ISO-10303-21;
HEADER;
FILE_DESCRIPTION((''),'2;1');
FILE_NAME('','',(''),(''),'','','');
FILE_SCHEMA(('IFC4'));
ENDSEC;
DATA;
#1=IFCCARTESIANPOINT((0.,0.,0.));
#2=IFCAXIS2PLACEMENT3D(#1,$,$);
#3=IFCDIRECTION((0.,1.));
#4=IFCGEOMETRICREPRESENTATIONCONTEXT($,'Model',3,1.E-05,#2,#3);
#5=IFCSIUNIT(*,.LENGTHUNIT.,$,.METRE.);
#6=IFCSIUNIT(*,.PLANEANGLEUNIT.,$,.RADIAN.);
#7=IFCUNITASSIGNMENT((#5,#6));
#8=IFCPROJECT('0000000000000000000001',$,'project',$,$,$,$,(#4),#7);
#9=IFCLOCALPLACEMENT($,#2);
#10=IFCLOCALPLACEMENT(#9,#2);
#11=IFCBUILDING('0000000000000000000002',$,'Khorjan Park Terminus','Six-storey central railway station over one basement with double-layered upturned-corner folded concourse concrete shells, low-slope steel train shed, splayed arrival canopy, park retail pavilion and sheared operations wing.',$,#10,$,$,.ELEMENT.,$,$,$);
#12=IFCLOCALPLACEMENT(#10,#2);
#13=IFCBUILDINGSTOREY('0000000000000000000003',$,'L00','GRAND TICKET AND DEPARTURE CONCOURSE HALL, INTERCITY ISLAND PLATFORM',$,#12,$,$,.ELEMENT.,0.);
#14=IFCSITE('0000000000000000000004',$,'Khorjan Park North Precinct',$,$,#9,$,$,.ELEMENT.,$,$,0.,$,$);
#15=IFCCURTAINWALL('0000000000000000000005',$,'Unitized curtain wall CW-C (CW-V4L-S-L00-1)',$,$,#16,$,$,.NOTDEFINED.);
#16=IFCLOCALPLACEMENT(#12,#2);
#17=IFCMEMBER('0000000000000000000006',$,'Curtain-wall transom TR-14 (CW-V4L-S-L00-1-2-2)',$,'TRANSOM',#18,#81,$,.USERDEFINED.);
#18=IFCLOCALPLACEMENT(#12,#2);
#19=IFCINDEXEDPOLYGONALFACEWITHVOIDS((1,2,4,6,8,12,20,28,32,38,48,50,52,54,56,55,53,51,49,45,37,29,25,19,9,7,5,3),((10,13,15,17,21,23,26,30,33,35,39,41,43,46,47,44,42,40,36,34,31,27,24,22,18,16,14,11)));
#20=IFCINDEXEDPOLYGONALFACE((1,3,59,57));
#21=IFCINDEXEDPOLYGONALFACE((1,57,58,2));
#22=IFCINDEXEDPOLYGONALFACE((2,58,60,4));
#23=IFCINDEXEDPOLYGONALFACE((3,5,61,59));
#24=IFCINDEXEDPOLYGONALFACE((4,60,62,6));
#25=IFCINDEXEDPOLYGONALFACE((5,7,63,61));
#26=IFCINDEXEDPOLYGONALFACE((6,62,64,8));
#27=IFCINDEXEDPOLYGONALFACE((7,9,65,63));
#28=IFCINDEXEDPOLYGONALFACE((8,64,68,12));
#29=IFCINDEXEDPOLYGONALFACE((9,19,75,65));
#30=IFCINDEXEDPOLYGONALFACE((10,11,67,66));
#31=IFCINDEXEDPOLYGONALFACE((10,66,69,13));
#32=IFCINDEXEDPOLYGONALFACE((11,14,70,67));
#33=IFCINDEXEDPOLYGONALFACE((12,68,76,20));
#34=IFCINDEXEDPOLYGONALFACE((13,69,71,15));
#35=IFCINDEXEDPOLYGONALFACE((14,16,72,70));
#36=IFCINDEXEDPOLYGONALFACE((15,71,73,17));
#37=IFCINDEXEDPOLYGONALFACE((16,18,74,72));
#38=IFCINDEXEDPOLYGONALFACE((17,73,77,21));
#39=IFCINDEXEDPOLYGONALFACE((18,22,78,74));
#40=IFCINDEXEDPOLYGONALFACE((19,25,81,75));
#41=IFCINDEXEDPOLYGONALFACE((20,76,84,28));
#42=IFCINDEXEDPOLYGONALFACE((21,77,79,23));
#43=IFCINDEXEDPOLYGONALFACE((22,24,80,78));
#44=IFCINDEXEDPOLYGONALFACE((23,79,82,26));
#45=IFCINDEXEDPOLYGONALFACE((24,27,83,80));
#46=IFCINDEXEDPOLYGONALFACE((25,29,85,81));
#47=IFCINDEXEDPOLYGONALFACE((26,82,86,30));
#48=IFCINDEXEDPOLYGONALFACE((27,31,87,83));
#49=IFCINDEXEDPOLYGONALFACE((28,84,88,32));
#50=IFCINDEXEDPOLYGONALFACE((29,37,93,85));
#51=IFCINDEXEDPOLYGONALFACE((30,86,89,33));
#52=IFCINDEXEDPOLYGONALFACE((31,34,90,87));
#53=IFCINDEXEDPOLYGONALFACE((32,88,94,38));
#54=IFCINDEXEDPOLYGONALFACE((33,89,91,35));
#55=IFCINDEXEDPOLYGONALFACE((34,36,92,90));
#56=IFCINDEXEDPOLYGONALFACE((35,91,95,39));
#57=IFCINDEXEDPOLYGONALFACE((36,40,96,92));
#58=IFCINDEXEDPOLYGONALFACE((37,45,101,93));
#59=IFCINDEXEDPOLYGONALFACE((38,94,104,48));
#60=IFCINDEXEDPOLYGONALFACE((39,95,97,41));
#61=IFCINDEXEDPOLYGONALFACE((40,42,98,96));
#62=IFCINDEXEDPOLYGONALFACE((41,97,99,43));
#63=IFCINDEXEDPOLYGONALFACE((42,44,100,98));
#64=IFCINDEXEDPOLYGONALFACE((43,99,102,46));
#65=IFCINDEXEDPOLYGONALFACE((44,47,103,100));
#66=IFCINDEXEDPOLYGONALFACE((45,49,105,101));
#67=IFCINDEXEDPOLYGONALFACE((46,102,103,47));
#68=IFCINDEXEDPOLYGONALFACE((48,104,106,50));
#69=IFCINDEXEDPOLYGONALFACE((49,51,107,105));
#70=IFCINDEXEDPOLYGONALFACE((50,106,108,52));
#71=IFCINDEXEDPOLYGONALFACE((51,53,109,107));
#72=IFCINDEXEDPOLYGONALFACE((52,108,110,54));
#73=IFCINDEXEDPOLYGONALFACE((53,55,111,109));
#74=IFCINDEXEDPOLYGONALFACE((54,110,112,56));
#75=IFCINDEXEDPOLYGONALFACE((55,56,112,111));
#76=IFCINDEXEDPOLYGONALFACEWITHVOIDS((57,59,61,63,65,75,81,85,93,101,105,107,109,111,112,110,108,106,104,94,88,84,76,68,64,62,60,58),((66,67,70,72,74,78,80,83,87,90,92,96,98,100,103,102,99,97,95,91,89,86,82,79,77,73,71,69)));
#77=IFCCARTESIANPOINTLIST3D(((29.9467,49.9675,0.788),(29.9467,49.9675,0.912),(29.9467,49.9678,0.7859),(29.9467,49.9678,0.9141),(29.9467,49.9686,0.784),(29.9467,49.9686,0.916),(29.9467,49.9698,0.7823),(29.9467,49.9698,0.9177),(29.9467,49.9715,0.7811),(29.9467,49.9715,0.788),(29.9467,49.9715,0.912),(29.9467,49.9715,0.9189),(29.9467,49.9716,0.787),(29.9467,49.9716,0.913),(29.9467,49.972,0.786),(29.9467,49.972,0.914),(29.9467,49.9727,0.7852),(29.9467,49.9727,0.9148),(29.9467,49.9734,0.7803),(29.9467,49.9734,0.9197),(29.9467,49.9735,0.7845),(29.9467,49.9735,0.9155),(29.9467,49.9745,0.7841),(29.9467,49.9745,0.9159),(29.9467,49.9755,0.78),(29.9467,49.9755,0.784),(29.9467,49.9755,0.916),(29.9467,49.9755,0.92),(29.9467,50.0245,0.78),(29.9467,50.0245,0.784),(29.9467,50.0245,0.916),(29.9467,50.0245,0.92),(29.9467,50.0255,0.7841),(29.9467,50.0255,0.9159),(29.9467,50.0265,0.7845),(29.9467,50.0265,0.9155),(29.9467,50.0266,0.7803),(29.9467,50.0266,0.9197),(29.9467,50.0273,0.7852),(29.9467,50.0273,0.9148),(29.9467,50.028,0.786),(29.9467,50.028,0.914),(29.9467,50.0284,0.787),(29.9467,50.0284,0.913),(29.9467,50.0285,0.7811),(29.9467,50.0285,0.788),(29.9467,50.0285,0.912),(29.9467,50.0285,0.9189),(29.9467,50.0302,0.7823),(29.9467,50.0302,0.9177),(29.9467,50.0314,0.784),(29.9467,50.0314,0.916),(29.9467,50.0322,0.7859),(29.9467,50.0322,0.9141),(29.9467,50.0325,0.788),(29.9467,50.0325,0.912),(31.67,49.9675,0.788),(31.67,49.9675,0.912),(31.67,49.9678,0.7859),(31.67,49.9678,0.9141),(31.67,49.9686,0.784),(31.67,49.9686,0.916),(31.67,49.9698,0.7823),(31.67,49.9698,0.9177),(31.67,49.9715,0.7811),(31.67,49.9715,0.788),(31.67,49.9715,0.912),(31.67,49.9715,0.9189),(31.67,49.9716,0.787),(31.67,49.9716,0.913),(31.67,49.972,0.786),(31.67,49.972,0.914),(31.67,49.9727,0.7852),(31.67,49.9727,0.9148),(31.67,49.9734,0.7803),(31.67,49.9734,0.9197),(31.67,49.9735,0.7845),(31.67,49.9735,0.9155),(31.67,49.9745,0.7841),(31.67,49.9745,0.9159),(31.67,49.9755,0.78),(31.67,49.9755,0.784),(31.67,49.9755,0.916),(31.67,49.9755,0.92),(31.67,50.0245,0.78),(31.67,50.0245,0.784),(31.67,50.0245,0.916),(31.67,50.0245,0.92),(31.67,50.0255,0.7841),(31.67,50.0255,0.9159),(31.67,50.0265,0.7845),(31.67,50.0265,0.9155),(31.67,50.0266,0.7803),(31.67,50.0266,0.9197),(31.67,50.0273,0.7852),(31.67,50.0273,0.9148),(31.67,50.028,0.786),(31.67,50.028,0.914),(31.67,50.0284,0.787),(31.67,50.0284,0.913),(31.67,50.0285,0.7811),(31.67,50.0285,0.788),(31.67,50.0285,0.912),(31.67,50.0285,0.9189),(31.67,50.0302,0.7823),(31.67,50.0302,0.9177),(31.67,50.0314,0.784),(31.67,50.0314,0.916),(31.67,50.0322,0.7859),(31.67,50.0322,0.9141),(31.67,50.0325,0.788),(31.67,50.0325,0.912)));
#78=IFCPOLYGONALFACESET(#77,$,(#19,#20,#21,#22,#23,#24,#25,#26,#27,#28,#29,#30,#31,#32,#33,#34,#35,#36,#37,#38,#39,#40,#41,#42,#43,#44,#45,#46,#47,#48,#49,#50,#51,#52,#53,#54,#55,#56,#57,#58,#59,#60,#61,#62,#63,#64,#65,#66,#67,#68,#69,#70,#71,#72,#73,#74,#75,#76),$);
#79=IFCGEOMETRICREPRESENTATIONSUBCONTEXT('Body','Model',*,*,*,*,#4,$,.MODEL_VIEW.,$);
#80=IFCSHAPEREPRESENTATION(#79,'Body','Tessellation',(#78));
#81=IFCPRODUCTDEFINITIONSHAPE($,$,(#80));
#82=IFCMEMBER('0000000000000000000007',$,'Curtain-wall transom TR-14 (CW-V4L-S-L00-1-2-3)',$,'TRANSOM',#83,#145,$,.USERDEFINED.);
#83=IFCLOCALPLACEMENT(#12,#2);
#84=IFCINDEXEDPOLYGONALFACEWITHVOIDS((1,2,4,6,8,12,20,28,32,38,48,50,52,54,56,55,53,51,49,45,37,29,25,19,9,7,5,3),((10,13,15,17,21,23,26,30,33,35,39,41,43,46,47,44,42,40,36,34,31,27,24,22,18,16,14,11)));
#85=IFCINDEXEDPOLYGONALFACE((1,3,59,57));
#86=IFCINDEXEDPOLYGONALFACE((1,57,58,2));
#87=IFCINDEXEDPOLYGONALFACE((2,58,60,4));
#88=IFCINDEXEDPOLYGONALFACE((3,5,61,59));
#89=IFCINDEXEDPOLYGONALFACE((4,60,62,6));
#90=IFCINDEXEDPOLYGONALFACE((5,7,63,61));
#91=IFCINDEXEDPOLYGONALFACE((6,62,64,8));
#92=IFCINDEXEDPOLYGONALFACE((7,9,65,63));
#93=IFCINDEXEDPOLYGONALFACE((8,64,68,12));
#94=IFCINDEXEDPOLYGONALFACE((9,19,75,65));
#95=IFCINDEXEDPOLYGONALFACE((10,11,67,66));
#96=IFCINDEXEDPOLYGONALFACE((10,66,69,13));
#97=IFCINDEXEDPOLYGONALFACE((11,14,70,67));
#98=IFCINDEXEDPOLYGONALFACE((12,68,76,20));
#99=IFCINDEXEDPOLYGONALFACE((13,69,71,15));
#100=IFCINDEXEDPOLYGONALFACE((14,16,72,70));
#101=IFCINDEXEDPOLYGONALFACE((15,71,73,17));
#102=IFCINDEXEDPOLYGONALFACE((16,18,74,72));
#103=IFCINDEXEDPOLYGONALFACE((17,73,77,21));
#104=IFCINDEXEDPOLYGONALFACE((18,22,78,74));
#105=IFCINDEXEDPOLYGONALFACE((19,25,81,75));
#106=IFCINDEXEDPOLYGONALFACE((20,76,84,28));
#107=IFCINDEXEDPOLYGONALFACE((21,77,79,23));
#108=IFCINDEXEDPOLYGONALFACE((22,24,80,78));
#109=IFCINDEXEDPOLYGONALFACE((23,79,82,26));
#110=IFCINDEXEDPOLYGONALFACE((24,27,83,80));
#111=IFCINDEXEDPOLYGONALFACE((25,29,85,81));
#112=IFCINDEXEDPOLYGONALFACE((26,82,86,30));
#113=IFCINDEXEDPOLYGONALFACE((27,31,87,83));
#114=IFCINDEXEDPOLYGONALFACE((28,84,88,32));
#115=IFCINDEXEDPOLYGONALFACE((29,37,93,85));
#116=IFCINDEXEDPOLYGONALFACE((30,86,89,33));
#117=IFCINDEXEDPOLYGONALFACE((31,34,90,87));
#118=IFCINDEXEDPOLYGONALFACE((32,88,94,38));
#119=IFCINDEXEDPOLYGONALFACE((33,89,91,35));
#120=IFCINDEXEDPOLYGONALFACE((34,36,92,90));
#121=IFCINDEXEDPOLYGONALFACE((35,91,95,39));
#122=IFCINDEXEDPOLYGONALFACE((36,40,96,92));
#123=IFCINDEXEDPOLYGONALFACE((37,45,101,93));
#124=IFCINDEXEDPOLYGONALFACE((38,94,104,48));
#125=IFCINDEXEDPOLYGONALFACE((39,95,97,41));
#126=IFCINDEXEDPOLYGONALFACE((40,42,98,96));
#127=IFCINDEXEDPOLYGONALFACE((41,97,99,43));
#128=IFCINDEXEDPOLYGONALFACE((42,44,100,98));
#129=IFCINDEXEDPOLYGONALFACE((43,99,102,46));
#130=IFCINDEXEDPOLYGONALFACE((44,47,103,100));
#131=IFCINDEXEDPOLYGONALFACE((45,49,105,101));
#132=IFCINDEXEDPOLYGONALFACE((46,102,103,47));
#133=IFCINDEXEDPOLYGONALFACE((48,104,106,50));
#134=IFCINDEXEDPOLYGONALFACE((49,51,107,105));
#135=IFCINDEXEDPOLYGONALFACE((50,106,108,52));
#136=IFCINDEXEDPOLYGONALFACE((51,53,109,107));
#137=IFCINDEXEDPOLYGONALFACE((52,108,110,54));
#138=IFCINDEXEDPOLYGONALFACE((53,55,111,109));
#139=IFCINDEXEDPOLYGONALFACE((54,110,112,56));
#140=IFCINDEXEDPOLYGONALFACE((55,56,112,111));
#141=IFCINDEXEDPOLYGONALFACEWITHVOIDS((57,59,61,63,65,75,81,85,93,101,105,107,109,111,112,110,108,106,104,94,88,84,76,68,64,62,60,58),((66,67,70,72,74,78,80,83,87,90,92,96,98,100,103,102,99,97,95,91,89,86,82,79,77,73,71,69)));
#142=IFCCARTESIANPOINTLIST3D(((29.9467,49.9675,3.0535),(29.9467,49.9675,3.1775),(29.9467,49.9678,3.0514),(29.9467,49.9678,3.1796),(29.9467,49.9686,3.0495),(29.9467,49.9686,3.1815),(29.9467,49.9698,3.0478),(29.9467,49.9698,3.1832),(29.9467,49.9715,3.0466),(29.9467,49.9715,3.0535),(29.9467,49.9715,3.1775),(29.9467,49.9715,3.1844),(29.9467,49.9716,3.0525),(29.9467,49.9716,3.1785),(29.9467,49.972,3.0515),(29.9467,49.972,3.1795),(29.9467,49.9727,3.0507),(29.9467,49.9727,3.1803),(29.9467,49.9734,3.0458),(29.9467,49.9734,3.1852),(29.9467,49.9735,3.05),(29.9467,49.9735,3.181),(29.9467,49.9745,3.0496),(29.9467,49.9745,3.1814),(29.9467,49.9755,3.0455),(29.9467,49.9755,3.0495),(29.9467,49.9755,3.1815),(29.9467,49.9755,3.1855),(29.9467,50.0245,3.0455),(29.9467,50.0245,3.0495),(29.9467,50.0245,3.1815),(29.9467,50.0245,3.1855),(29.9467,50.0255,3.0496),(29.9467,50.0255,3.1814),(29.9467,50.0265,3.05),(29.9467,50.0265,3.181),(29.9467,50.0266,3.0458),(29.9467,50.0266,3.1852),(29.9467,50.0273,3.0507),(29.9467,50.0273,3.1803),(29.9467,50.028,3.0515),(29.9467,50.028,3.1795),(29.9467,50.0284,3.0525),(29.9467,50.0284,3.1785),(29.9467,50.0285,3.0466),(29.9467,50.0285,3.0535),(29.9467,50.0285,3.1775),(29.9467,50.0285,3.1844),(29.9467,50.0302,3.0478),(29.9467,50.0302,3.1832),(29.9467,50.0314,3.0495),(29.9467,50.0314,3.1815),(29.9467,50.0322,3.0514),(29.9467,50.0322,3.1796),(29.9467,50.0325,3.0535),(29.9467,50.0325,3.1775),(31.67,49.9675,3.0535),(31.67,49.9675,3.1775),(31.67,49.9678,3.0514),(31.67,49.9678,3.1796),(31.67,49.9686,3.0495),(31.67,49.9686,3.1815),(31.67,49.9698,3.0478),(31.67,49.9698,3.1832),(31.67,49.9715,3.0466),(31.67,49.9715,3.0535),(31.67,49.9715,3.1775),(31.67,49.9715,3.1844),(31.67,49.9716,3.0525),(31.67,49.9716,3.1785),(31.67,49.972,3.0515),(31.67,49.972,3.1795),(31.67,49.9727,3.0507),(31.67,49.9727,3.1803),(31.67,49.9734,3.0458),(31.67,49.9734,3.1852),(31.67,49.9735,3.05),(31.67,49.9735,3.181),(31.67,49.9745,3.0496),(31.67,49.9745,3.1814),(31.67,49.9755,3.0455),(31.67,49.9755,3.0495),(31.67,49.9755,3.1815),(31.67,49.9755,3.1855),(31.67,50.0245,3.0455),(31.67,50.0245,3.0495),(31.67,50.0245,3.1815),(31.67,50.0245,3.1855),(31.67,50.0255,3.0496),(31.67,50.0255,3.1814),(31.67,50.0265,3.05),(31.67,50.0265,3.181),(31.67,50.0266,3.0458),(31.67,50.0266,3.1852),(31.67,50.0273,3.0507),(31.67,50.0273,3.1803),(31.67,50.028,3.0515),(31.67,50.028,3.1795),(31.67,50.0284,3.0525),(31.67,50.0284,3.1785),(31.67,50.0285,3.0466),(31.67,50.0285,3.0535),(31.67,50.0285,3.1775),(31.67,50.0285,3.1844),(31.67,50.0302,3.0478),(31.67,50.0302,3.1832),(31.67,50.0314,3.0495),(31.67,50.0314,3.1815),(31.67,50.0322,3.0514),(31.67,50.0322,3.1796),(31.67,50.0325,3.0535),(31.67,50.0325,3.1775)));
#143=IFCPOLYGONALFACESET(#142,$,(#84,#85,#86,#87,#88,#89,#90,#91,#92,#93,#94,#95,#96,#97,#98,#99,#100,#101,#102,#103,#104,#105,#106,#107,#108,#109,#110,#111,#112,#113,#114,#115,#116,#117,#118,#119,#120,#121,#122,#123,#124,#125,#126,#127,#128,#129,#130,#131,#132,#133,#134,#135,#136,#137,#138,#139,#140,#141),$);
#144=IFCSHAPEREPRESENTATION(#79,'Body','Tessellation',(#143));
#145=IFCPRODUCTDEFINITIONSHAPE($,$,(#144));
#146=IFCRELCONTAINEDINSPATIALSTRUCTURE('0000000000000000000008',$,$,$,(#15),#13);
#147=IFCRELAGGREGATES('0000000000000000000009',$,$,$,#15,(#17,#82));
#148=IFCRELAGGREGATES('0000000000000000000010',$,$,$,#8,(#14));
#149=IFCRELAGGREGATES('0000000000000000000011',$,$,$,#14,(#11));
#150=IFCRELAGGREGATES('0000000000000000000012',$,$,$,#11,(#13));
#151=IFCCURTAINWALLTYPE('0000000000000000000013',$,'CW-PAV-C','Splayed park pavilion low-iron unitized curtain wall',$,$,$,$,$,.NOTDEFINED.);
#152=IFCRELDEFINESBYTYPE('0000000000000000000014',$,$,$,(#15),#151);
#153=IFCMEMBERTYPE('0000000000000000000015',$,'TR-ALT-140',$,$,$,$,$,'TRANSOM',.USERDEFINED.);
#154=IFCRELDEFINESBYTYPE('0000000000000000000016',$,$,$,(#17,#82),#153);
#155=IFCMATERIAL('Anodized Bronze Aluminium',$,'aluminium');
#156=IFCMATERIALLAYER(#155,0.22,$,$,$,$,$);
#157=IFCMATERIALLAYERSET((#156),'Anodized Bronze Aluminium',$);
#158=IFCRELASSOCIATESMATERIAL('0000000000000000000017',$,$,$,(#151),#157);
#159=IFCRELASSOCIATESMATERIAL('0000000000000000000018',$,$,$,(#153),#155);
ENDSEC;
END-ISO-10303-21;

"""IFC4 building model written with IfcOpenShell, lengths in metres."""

from ifc_helpers import new_model, si_unit, direction, frame, origin, origin_2d, place, context, subcontext, project, spatial, hollow_rectangle, extrude, material, layer, layer_set, material_profile, profile_set, type_object, element, aggregate, save


model = new_model("IFC4")

# Units and contexts
model_context = context("Model", 3, precision=1e-05, world=origin(), true_north=direction((0.0, 1.0)))
body_context = subcontext(model_context, "Body", "Model", "MODEL_VIEW")
ifc_project = project(units=[si_unit("LENGTHUNIT", "METRE"), si_unit("PLANEANGLEUNIT", "RADIAN")], contexts=[model_context])

# Site, building, storey
site_placement = place(None, origin())
site = spatial("IfcSite", under=ifc_project, at=site_placement, Name="Khorjan Park North Precinct", CompositionType="ELEMENT", RefElevation=0.0)
building_placement = place(site_placement, origin())
building = spatial("IfcBuilding", under=site, at=building_placement, Name="Khorjan Park Terminus", Description="Six-storey central railway station over one basement with double-layered upturned-corner folded concourse concrete shells, low-slope steel train shed, splayed arrival canopy, park retail pavilion and sheared operations wing.", CompositionType="ELEMENT")
storey_placement = place(building_placement, origin())
storey = spatial("IfcBuildingStorey", under=building, at=storey_placement, Name="L00", Description="GRAND TICKET AND DEPARTURE CONCOURSE HALL, INTERCITY ISLAND PLATFORM", CompositionType="ELEMENT", Elevation=0.0)

# Curtain wall
ifc_material_1 = material(Name="Anodized Bronze Aluminium", Category="aluminium")
ifc_layer_1 = layer(ifc_material_1, 0.22)
ifc_layer_set_1 = layer_set([ifc_layer_1], Name="Anodized Bronze Aluminium")
curtain_wall_type = type_object("IfcCurtainWallType", Name="CW-PAV-C", Description="Splayed park pavilion low-iron unitized curtain wall", PredefinedType="NOTDEFINED", material=ifc_layer_set_1)
curtain_wall_1_placement = place(storey_placement, origin())
curtain_wall_1 = element("IfcCurtainWall", 1, at=curtain_wall_1_placement, inside=storey, type_object=curtain_wall_type, Name="Unitized curtain wall CW-C (CW-V4L-S-L00-1)", PredefinedType="NOTDEFINED")

# Members
ifc_material_profile_1 = material_profile(ifc_material_1, hollow_rectangle(XDim=0.065, YDim=0.14, WallThickness=0.004, InnerFilletRadius=0.004, OuterFilletRadius=0.008, at=origin_2d()), Name="ALT 65x140x4")
ifc_profile_set_1 = profile_set([ifc_material_profile_1], Name="Anodized Bronze Aluminium")
member_type_1 = type_object("IfcMemberType", Name="TR-ALT-140", ElementType="TRANSOM", PredefinedType="USERDEFINED", material=ifc_profile_set_1)
member_1_placement = place(storey_placement, frame((29.9467, 50.0, 0.85), z_axis=(1.0, 0.0, 0.0), x_axis=(0.0, 1.0, 0.0)))
member_1 = element("IfcMember", 2, at=member_1_placement, type_object=member_type_1, Name="Curtain-wall transom TR-14 (CW-V4L-S-L00-1-2-2)", ObjectType="TRANSOM", PredefinedType="USERDEFINED", context=body_context, shape_type="SweptSolid", body=[
    extrude(hollow_rectangle(XDim=0.065, YDim=0.14, WallThickness=0.004, InnerFilletRadius=0.004, OuterFilletRadius=0.008, at=origin_2d()), origin(), (0.0, 0.0, 1.0), 1.7233),
])
member_2_placement = place(storey_placement, frame((29.9467, 50.0, 3.1155), z_axis=(1.0, 0.0, 0.0), x_axis=(0.0, 1.0, 0.0)))
member_2 = element("IfcMember", 3, at=member_2_placement, type_object=member_type_1, Name="Curtain-wall transom TR-14 (CW-V4L-S-L00-1-2-3)", ObjectType="TRANSOM", PredefinedType="USERDEFINED", context=body_context, shape_type="SweptSolid", body=[
    extrude(hollow_rectangle(XDim=0.065, YDim=0.14, WallThickness=0.004, InnerFilletRadius=0.004, OuterFilletRadius=0.008, at=origin_2d()), origin(), (0.0, 0.0, 1.0), 1.7233),
])

aggregate(curtain_wall_1, [member_1, member_2])

save(model, "model.ifc")
